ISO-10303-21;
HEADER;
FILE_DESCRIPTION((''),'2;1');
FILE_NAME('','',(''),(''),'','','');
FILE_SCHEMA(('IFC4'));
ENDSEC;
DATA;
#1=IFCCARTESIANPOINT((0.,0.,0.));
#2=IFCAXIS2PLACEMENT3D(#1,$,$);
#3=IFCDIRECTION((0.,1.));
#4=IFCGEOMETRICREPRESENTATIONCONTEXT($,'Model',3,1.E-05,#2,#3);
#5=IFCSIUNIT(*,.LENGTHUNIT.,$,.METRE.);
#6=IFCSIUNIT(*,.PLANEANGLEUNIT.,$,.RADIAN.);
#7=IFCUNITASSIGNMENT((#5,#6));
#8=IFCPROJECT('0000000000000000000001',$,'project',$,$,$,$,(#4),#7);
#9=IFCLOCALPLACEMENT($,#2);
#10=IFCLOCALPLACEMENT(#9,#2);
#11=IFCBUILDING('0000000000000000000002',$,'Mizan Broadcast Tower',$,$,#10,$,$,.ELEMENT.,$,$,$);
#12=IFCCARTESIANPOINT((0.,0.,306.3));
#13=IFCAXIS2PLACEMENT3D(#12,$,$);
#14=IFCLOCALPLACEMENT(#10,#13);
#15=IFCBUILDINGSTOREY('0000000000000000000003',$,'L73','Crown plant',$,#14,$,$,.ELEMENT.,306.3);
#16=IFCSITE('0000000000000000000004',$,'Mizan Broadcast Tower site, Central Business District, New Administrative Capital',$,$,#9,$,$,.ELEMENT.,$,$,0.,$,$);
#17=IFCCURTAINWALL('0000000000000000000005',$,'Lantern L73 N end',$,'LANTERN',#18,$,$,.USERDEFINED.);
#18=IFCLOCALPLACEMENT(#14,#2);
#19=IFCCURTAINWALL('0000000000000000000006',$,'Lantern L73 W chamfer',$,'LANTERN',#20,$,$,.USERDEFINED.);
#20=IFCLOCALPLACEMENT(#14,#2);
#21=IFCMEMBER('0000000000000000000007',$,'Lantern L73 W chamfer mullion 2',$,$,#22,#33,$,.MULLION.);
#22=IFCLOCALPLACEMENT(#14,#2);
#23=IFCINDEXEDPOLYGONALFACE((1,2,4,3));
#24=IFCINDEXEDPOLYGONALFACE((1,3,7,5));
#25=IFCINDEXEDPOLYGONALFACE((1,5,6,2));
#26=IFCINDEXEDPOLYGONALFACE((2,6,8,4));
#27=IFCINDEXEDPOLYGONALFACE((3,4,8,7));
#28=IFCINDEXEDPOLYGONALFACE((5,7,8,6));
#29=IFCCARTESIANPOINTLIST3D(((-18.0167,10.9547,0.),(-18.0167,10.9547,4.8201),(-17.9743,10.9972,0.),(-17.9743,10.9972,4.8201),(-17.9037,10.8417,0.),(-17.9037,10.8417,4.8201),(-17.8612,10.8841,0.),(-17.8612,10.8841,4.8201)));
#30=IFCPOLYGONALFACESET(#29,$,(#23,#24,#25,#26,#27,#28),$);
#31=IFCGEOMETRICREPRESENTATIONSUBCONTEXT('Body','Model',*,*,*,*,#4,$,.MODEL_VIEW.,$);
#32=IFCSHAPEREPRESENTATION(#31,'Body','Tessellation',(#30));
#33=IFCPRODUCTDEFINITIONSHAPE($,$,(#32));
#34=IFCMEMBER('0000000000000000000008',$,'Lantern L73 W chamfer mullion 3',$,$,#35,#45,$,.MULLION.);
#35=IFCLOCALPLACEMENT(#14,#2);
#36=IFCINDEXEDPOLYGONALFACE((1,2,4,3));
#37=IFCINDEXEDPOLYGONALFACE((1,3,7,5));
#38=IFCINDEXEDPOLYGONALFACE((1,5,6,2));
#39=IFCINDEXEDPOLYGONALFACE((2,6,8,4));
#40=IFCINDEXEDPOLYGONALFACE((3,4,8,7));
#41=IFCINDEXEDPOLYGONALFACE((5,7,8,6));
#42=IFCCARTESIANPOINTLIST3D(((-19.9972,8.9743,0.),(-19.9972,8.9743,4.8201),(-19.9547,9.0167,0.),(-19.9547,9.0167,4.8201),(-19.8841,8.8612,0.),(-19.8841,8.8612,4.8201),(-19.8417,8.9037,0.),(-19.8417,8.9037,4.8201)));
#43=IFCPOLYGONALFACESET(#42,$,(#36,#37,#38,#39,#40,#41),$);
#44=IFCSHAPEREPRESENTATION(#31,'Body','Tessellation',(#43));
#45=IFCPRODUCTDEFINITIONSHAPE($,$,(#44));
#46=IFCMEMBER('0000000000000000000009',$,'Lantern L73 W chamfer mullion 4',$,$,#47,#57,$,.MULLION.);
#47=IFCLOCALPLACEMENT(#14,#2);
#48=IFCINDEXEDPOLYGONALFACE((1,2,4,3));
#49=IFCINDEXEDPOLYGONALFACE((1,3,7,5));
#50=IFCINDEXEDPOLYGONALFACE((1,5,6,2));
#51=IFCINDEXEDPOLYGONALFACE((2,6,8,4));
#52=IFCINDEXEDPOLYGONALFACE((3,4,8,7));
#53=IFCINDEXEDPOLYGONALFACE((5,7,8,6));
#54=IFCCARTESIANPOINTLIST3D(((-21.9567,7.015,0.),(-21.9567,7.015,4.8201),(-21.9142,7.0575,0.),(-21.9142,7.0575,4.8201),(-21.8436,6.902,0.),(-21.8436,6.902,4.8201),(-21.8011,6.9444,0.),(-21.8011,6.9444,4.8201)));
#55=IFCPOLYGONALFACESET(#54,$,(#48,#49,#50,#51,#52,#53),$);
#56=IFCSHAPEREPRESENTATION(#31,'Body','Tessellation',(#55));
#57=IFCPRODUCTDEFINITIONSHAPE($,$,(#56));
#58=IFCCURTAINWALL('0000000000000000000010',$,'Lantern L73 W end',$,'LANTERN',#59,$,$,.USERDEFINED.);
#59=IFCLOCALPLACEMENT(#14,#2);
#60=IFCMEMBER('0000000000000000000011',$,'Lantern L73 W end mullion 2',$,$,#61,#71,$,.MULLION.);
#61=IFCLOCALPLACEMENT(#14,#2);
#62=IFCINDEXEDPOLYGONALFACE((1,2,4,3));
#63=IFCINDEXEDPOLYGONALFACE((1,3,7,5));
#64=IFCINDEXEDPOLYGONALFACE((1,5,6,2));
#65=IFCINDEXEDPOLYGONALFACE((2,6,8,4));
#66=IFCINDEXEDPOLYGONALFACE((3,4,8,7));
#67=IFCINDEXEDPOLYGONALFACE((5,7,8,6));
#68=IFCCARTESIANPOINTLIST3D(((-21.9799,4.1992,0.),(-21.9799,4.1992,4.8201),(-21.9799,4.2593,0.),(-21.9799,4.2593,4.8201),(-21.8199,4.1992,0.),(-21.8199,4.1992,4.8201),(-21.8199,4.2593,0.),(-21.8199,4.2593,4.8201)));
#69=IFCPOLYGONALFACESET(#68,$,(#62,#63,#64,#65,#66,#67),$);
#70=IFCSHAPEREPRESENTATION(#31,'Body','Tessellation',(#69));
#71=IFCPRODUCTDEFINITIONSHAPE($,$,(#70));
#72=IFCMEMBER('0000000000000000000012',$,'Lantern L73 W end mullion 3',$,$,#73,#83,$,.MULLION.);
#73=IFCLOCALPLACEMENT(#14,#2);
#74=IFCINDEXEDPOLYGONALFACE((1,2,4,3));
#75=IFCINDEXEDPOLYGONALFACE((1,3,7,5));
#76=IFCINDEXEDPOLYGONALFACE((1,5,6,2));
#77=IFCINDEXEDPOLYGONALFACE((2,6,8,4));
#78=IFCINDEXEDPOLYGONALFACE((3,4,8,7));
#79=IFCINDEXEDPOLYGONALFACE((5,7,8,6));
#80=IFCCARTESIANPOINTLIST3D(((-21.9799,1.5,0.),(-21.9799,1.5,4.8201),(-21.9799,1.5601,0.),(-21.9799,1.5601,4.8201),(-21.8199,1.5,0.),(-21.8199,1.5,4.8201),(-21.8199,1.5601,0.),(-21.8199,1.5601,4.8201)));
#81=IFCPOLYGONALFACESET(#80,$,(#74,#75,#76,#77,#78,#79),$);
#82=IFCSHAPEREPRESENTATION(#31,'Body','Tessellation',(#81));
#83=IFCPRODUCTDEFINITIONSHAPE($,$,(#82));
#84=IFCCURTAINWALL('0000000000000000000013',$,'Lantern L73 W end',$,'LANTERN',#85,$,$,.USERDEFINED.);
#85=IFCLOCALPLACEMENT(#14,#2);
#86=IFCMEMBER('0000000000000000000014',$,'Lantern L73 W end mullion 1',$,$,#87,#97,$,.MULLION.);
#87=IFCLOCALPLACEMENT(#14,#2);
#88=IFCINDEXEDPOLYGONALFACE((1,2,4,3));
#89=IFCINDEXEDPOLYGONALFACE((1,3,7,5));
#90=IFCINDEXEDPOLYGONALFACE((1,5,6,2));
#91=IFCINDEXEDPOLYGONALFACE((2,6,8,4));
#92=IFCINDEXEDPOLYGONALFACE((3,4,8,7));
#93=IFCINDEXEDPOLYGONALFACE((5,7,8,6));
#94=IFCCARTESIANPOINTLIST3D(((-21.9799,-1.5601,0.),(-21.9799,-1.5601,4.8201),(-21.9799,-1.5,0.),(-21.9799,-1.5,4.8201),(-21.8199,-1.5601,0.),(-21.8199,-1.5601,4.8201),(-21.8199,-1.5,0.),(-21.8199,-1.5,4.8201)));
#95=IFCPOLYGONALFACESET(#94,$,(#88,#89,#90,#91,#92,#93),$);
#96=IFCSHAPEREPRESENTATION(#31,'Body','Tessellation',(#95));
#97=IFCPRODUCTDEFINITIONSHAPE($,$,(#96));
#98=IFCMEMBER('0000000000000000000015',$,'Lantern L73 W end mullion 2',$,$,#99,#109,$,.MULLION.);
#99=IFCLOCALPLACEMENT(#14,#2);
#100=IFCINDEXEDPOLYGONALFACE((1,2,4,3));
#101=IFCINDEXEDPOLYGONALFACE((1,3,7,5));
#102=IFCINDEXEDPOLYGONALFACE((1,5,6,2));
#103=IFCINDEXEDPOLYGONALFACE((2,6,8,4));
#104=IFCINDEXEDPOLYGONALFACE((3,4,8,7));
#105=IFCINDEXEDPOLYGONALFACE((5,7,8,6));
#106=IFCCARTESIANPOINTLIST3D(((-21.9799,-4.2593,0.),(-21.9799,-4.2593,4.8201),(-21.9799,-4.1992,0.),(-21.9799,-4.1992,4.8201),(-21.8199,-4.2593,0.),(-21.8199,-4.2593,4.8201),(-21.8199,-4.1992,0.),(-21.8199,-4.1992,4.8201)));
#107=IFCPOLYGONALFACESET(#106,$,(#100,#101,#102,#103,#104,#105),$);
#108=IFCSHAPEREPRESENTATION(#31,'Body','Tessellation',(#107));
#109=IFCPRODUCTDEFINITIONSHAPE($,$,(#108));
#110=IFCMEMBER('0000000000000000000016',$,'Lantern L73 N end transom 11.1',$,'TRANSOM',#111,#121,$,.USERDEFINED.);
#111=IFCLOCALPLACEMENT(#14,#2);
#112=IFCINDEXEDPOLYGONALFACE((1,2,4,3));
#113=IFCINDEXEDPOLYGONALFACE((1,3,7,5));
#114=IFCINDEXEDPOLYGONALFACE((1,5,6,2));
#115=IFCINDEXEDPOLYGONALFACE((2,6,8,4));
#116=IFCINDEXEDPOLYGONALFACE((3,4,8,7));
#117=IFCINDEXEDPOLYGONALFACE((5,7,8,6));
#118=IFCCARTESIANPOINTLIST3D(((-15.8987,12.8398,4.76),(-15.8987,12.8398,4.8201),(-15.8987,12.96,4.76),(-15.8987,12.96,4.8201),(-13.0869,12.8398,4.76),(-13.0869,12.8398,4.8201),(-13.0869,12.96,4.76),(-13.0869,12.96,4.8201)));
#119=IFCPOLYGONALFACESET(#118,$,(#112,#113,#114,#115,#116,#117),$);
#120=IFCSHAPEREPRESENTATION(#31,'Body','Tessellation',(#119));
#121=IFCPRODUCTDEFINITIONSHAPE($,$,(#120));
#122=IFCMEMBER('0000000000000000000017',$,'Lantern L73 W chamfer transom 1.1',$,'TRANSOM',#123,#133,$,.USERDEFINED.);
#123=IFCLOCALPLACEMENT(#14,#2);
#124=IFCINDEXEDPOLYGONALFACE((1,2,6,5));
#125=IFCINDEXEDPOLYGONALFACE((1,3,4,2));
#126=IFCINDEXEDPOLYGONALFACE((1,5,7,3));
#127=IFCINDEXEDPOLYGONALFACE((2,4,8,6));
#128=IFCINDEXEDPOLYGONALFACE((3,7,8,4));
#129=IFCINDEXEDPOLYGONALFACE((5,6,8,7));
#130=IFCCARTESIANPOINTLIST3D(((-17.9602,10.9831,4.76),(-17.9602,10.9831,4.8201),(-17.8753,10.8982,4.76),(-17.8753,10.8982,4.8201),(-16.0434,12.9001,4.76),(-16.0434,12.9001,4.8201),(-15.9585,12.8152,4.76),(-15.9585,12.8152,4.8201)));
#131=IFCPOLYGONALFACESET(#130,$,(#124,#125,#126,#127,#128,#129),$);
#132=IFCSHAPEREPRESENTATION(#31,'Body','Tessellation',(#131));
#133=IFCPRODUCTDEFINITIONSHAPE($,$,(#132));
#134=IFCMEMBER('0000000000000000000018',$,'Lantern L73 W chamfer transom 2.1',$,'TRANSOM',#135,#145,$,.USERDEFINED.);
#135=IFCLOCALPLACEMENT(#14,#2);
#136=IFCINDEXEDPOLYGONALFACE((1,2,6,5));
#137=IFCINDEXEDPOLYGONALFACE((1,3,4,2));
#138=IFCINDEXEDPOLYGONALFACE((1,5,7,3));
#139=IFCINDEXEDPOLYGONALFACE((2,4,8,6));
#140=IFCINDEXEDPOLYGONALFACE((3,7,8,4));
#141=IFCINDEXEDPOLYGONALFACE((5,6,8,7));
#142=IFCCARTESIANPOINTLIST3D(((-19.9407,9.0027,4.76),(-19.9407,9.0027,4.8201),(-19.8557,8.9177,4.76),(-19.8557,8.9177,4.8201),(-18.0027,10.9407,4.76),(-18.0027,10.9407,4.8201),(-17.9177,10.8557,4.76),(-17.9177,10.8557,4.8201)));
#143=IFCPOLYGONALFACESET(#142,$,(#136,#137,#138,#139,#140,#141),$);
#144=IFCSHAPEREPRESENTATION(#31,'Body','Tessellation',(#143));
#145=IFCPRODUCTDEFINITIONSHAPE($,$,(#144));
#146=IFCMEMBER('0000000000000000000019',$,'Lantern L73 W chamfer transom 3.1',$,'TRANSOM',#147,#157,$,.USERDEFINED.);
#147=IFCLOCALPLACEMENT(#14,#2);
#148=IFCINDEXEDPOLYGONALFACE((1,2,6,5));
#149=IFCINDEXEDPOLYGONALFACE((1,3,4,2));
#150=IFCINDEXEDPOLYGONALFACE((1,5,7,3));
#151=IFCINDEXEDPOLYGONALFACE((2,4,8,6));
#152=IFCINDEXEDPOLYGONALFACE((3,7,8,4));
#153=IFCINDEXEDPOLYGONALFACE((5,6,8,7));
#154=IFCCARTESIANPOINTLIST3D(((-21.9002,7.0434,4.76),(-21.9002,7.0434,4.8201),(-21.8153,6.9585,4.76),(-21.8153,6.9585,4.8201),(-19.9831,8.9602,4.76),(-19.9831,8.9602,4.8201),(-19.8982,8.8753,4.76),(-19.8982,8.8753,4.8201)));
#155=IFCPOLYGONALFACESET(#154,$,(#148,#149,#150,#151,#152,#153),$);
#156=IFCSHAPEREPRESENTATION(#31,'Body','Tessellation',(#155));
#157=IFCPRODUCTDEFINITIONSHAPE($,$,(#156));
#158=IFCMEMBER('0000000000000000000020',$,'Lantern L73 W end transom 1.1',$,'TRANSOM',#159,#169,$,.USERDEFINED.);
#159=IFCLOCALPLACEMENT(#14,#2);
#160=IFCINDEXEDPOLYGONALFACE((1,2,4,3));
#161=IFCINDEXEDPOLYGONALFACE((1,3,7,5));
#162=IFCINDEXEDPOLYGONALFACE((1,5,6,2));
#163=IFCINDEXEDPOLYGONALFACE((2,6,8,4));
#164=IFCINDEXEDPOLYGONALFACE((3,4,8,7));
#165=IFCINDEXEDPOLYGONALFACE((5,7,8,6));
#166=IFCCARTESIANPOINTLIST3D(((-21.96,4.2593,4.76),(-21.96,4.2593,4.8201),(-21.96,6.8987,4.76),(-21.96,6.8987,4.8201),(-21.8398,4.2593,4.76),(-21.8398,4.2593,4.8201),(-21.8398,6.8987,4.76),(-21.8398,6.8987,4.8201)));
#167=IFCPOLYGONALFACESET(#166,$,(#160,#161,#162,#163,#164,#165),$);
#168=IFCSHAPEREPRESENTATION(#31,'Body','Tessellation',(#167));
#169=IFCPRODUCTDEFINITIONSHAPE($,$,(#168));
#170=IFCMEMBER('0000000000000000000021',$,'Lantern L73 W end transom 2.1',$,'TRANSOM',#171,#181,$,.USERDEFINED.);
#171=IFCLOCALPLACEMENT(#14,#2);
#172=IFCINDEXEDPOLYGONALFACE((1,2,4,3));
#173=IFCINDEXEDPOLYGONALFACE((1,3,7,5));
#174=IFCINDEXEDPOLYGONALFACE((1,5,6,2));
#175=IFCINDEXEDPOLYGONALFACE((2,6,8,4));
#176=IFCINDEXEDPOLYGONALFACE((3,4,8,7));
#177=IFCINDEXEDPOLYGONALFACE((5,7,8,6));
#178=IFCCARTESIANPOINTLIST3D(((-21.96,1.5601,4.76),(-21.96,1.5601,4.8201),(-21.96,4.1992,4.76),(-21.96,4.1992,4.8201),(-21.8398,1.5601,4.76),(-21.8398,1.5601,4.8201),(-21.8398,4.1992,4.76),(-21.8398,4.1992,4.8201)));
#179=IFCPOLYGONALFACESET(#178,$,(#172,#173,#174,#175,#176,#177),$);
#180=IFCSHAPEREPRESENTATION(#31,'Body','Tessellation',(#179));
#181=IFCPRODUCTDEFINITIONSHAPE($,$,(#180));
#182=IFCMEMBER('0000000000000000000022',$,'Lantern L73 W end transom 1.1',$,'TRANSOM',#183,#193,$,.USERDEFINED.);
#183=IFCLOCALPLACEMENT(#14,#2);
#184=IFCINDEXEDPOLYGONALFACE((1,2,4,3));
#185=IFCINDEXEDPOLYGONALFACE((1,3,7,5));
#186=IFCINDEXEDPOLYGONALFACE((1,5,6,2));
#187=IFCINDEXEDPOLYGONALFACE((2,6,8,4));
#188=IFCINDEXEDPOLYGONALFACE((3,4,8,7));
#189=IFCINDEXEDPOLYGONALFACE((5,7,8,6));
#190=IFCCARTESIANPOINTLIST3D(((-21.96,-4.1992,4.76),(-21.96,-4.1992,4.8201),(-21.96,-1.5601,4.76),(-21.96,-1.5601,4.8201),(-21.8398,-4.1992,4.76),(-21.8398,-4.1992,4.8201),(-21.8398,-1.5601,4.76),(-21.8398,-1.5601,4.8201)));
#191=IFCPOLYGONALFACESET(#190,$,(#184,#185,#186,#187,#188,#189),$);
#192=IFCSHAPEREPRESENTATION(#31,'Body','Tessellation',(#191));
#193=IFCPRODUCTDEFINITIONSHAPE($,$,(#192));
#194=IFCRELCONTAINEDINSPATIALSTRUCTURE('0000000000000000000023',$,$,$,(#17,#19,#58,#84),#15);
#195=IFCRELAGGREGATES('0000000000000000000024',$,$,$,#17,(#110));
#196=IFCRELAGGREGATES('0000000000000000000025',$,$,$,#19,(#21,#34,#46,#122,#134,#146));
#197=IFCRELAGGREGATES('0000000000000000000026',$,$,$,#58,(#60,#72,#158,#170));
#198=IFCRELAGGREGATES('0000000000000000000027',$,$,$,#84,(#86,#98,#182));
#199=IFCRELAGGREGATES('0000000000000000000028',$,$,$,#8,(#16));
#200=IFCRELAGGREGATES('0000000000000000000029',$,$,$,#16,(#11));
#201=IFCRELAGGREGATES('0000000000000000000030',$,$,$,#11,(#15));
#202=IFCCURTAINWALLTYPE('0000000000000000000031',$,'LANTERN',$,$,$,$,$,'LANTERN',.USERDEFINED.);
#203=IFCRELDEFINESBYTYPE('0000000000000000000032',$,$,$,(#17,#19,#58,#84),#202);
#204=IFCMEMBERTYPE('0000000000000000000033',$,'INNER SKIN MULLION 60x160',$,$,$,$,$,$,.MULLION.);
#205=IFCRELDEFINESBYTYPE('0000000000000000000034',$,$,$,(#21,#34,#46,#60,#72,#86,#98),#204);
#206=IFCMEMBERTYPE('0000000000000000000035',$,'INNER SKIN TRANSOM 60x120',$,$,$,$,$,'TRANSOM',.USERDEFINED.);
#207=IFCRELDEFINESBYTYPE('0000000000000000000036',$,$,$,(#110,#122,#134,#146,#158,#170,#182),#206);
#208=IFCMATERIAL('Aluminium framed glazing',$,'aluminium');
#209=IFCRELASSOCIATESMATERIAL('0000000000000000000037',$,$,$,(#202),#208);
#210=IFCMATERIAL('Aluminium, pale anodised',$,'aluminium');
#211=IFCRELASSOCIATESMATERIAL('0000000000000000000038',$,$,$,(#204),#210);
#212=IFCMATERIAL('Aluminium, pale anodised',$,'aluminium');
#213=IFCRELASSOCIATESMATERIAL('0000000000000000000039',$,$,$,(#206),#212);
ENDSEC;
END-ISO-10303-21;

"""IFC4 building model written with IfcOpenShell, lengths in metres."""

from ifc_helpers import new_model, si_unit, direction, frame, origin, origin_2d, place, context, subcontext, project, spatial, rectangle, extrude, material, material_profile, profile_set, type_object, element, aggregate, save


model = new_model("IFC4")

# Units and contexts
model_context = context("Model", 3, precision=1e-05, world=origin(), true_north=direction((0.0, 1.0)))
body_context = subcontext(model_context, "Body", "Model", "MODEL_VIEW")
ifc_project = project(units=[si_unit("LENGTHUNIT", "METRE"), si_unit("PLANEANGLEUNIT", "RADIAN")], contexts=[model_context])

# Site, building, storey
site_placement = place(None, origin())
site = spatial("IfcSite", under=ifc_project, at=site_placement, Name="Mizan Broadcast Tower site, Central Business District, New Administrative Capital", CompositionType="ELEMENT", RefElevation=0.0)
building_placement = place(site_placement, origin())
building = spatial("IfcBuilding", under=site, at=building_placement, Name="Mizan Broadcast Tower", CompositionType="ELEMENT")
storey_placement = place(building_placement, frame((0.0, 0.0, 306.3)))
storey = spatial("IfcBuildingStorey", under=building, at=storey_placement, Name="L73", Description="Crown plant", CompositionType="ELEMENT", Elevation=306.3)

# Curtain walls, members
ifc_material_1 = material(Name="Aluminium framed glazing", Category="aluminium")
curtain_wall_type = type_object("IfcCurtainWallType", Name="LANTERN", ElementType="LANTERN", PredefinedType="USERDEFINED", material=ifc_material_1)
curtain_wall_1_placement = place(storey_placement, origin())
curtain_wall_1 = element("IfcCurtainWall", 1, at=curtain_wall_1_placement, inside=storey, type_object=curtain_wall_type, Name="Lantern L73 N end", ObjectType="LANTERN", PredefinedType="USERDEFINED")
ifc_material_2 = material(Name="Aluminium, pale anodised", Category="aluminium")
ifc_material_profile_1 = material_profile(ifc_material_2, rectangle(XDim=0.1599, YDim=0.0601, at=origin_2d()), Name="MULLION 160x60")
ifc_profile_set_1 = profile_set([ifc_material_profile_1], Name="Aluminium, pale anodised")
member_type_1 = type_object("IfcMemberType", Name="INNER SKIN MULLION 60x160", PredefinedType="MULLION", material=ifc_profile_set_1)
curtain_wall_2_placement = place(storey_placement, origin())
curtain_wall_2 = element("IfcCurtainWall", 2, at=curtain_wall_2_placement, inside=storey, type_object=curtain_wall_type, Name="Lantern L73 W chamfer", ObjectType="LANTERN", PredefinedType="USERDEFINED")
member_1_placement = place(storey_placement, frame((-17.939, 10.9194, 0.0), z_axis=(0.0, 0.0, 1.0), x_axis=(0.707107, -0.707107, 0.0)))
member_1 = element("IfcMember", 3, at=member_1_placement, type_object=member_type_1, Name="Lantern L73 W chamfer mullion 2", PredefinedType="MULLION", context=body_context, shape_type="SweptSolid", body=[
    extrude(rectangle(XDim=0.1599, YDim=0.0601, at=origin_2d()), origin(), (0.0, 0.0, 1.0), 4.8201),
])
member_2_placement = place(storey_placement, frame((-19.9194, 8.939, 0.0), z_axis=(0.0, 0.0, 1.0), x_axis=(0.707107, -0.707107, 0.0)))
member_2 = element("IfcMember", 4, at=member_2_placement, type_object=member_type_1, Name="Lantern L73 W chamfer mullion 3", PredefinedType="MULLION", context=body_context, shape_type="SweptSolid", body=[
    extrude(rectangle(XDim=0.1599, YDim=0.0601, at=origin_2d()), origin(), (0.0, 0.0, 1.0), 4.8201),
])
member_3_placement = place(storey_placement, frame((-21.8789, 6.9797, 0.0), z_axis=(0.0, 0.0, 1.0), x_axis=(0.707107, -0.707107, 0.0)))
member_3 = element("IfcMember", 5, at=member_3_placement, type_object=member_type_1, Name="Lantern L73 W chamfer mullion 4", PredefinedType="MULLION", context=body_context, shape_type="SweptSolid", body=[
    extrude(rectangle(XDim=0.1599, YDim=0.0601, at=origin_2d()), origin(), (0.0, 0.0, 1.0), 4.8201),
])
curtain_wall_3_placement = place(storey_placement, origin())
curtain_wall_3 = element("IfcCurtainWall", 6, at=curtain_wall_3_placement, inside=storey, type_object=curtain_wall_type, Name="Lantern L73 W end", ObjectType="LANTERN", PredefinedType="USERDEFINED")
member_4_placement = place(storey_placement, frame((-21.8999, 4.2292, 0.0), z_axis=(0.0, 0.0, 1.0), x_axis=(1.0, 0.0, 0.0)))
member_4 = element("IfcMember", 7, at=member_4_placement, type_object=member_type_1, Name="Lantern L73 W end mullion 2", PredefinedType="MULLION", context=body_context, shape_type="SweptSolid", body=[
    extrude(rectangle(XDim=0.1599, YDim=0.0601, at=origin_2d()), origin(), (0.0, 0.0, 1.0), 4.8201),
])
member_5_placement = place(storey_placement, frame((-21.8999, 1.53, 0.0), z_axis=(0.0, 0.0, 1.0), x_axis=(1.0, 0.0, 0.0)))
member_5 = element("IfcMember", 8, at=member_5_placement, type_object=member_type_1, Name="Lantern L73 W end mullion 3", PredefinedType="MULLION", context=body_context, shape_type="SweptSolid", body=[
    extrude(rectangle(XDim=0.1599, YDim=0.0601, at=origin_2d()), origin(), (0.0, 0.0, 1.0), 4.8201),
])
curtain_wall_4_placement = place(storey_placement, origin())
curtain_wall_4 = element("IfcCurtainWall", 9, at=curtain_wall_4_placement, inside=storey, type_object=curtain_wall_type, Name="Lantern L73 W end", ObjectType="LANTERN", PredefinedType="USERDEFINED")
member_6_placement = place(storey_placement, frame((-21.8999, -1.53, 0.0), z_axis=(0.0, 0.0, 1.0), x_axis=(1.0, 0.0, 0.0)))
member_6 = element("IfcMember", 10, at=member_6_placement, type_object=member_type_1, Name="Lantern L73 W end mullion 1", PredefinedType="MULLION", context=body_context, shape_type="SweptSolid", body=[
    extrude(rectangle(XDim=0.1599, YDim=0.0601, at=origin_2d()), origin(), (0.0, 0.0, 1.0), 4.8201),
])
member_7_placement = place(storey_placement, frame((-21.8999, -4.2292, 0.0), z_axis=(0.0, 0.0, 1.0), x_axis=(1.0, 0.0, 0.0)))
member_7 = element("IfcMember", 11, at=member_7_placement, type_object=member_type_1, Name="Lantern L73 W end mullion 2", PredefinedType="MULLION", context=body_context, shape_type="SweptSolid", body=[
    extrude(rectangle(XDim=0.1599, YDim=0.0601, at=origin_2d()), origin(), (0.0, 0.0, 1.0), 4.8201),
])

# Members
ifc_material_3 = material(Name="Aluminium, pale anodised", Category="aluminium")
ifc_material_profile_2 = material_profile(ifc_material_3, rectangle(XDim=0.1201, YDim=0.0601, at=origin_2d()), Name="TRANSOM 120x60")
ifc_profile_set_2 = profile_set([ifc_material_profile_2], Name="Aluminium, pale anodised")
member_type_2 = type_object("IfcMemberType", Name="INNER SKIN TRANSOM 60x120", ElementType="TRANSOM", PredefinedType="USERDEFINED", material=ifc_profile_set_2)
member_8_placement = place(storey_placement, frame((-13.0869, 12.8999, 4.79), z_axis=(-1.0, 0.0, 0.0), x_axis=(0.0, -1.0, 0.0)))
member_8 = element("IfcMember", 12, at=member_8_placement, type_object=member_type_2, Name="Lantern L73 N end transom 11.1", ObjectType="TRANSOM", PredefinedType="USERDEFINED", context=body_context, shape_type="SweptSolid", body=[
    extrude(rectangle(XDim=0.1201, YDim=0.0601, at=origin_2d()), origin(), (0.0, 0.0, 1.0), 2.8118),
])
member_9_placement = place(storey_placement, frame((-16.001, 12.8577, 4.79), z_axis=(-0.707062, -0.707152, 0.0), x_axis=(0.707152, -0.707062, 0.0)))
member_9 = element("IfcMember", 13, at=member_9_placement, type_object=member_type_2, Name="Lantern L73 W chamfer transom 1.1", ObjectType="TRANSOM", PredefinedType="USERDEFINED", context=body_context, shape_type="SweptSolid", body=[
    extrude(rectangle(XDim=0.1201, YDim=0.0601, at=origin_2d()), origin(), (0.0, 0.0, 1.0), 2.7109),
])
member_10_placement = place(storey_placement, frame((-17.9602, 10.8982, 4.79), z_axis=(-0.707107, -0.707107, 0.0), x_axis=(0.707107, -0.707107, 0.0)))
member_10 = element("IfcMember", 14, at=member_10_placement, type_object=member_type_2, Name="Lantern L73 W chamfer transom 2.1", ObjectType="TRANSOM", PredefinedType="USERDEFINED", context=body_context, shape_type="SweptSolid", body=[
    extrude(rectangle(XDim=0.1201, YDim=0.0601, at=origin_2d()), origin(), (0.0, 0.0, 1.0), 2.7407),
])
member_11_placement = place(storey_placement, frame((-19.9407, 8.9177, 4.79), z_axis=(-0.707152, -0.707062, 0.0), x_axis=(0.707062, -0.707152, 0.0)))
member_11 = element("IfcMember", 15, at=member_11_placement, type_object=member_type_2, Name="Lantern L73 W chamfer transom 3.1", ObjectType="TRANSOM", PredefinedType="USERDEFINED", context=body_context, shape_type="SweptSolid", body=[
    extrude(rectangle(XDim=0.1201, YDim=0.0601, at=origin_2d()), origin(), (0.0, 0.0, 1.0), 2.7109),
])
member_12_placement = place(storey_placement, frame((-21.8999, 6.8987, 4.79), z_axis=(0.0, -1.0, 0.0), x_axis=(1.0, 0.0, 0.0)))
member_12 = element("IfcMember", 16, at=member_12_placement, type_object=member_type_2, Name="Lantern L73 W end transom 1.1", ObjectType="TRANSOM", PredefinedType="USERDEFINED", context=body_context, shape_type="SweptSolid", body=[
    extrude(rectangle(XDim=0.1201, YDim=0.0601, at=origin_2d()), origin(), (0.0, 0.0, 1.0), 2.6394),
])
member_13_placement = place(storey_placement, frame((-21.8999, 4.1992, 4.79), z_axis=(0.0, -1.0, 0.0), x_axis=(1.0, 0.0, 0.0)))
member_13 = element("IfcMember", 17, at=member_13_placement, type_object=member_type_2, Name="Lantern L73 W end transom 2.1", ObjectType="TRANSOM", PredefinedType="USERDEFINED", context=body_context, shape_type="SweptSolid", body=[
    extrude(rectangle(XDim=0.1201, YDim=0.0601, at=origin_2d()), origin(), (0.0, 0.0, 1.0), 2.6392),
])
member_14_placement = place(storey_placement, frame((-21.8999, -1.5601, 4.79), z_axis=(0.0, -1.0, 0.0), x_axis=(1.0, 0.0, 0.0)))
member_14 = element("IfcMember", 18, at=member_14_placement, type_object=member_type_2, Name="Lantern L73 W end transom 1.1", ObjectType="TRANSOM", PredefinedType="USERDEFINED", context=body_context, shape_type="SweptSolid", body=[
    extrude(rectangle(XDim=0.1201, YDim=0.0601, at=origin_2d()), origin(), (0.0, 0.0, 1.0), 2.6392),
])

aggregate(curtain_wall_1, [member_8])
aggregate(curtain_wall_2, [member_1, member_2, member_3, member_9, member_10, member_11])
aggregate(curtain_wall_3, [member_4, member_5, member_12, member_13])
aggregate(curtain_wall_4, [member_6, member_7, member_14])

save(model, "model.ifc")
